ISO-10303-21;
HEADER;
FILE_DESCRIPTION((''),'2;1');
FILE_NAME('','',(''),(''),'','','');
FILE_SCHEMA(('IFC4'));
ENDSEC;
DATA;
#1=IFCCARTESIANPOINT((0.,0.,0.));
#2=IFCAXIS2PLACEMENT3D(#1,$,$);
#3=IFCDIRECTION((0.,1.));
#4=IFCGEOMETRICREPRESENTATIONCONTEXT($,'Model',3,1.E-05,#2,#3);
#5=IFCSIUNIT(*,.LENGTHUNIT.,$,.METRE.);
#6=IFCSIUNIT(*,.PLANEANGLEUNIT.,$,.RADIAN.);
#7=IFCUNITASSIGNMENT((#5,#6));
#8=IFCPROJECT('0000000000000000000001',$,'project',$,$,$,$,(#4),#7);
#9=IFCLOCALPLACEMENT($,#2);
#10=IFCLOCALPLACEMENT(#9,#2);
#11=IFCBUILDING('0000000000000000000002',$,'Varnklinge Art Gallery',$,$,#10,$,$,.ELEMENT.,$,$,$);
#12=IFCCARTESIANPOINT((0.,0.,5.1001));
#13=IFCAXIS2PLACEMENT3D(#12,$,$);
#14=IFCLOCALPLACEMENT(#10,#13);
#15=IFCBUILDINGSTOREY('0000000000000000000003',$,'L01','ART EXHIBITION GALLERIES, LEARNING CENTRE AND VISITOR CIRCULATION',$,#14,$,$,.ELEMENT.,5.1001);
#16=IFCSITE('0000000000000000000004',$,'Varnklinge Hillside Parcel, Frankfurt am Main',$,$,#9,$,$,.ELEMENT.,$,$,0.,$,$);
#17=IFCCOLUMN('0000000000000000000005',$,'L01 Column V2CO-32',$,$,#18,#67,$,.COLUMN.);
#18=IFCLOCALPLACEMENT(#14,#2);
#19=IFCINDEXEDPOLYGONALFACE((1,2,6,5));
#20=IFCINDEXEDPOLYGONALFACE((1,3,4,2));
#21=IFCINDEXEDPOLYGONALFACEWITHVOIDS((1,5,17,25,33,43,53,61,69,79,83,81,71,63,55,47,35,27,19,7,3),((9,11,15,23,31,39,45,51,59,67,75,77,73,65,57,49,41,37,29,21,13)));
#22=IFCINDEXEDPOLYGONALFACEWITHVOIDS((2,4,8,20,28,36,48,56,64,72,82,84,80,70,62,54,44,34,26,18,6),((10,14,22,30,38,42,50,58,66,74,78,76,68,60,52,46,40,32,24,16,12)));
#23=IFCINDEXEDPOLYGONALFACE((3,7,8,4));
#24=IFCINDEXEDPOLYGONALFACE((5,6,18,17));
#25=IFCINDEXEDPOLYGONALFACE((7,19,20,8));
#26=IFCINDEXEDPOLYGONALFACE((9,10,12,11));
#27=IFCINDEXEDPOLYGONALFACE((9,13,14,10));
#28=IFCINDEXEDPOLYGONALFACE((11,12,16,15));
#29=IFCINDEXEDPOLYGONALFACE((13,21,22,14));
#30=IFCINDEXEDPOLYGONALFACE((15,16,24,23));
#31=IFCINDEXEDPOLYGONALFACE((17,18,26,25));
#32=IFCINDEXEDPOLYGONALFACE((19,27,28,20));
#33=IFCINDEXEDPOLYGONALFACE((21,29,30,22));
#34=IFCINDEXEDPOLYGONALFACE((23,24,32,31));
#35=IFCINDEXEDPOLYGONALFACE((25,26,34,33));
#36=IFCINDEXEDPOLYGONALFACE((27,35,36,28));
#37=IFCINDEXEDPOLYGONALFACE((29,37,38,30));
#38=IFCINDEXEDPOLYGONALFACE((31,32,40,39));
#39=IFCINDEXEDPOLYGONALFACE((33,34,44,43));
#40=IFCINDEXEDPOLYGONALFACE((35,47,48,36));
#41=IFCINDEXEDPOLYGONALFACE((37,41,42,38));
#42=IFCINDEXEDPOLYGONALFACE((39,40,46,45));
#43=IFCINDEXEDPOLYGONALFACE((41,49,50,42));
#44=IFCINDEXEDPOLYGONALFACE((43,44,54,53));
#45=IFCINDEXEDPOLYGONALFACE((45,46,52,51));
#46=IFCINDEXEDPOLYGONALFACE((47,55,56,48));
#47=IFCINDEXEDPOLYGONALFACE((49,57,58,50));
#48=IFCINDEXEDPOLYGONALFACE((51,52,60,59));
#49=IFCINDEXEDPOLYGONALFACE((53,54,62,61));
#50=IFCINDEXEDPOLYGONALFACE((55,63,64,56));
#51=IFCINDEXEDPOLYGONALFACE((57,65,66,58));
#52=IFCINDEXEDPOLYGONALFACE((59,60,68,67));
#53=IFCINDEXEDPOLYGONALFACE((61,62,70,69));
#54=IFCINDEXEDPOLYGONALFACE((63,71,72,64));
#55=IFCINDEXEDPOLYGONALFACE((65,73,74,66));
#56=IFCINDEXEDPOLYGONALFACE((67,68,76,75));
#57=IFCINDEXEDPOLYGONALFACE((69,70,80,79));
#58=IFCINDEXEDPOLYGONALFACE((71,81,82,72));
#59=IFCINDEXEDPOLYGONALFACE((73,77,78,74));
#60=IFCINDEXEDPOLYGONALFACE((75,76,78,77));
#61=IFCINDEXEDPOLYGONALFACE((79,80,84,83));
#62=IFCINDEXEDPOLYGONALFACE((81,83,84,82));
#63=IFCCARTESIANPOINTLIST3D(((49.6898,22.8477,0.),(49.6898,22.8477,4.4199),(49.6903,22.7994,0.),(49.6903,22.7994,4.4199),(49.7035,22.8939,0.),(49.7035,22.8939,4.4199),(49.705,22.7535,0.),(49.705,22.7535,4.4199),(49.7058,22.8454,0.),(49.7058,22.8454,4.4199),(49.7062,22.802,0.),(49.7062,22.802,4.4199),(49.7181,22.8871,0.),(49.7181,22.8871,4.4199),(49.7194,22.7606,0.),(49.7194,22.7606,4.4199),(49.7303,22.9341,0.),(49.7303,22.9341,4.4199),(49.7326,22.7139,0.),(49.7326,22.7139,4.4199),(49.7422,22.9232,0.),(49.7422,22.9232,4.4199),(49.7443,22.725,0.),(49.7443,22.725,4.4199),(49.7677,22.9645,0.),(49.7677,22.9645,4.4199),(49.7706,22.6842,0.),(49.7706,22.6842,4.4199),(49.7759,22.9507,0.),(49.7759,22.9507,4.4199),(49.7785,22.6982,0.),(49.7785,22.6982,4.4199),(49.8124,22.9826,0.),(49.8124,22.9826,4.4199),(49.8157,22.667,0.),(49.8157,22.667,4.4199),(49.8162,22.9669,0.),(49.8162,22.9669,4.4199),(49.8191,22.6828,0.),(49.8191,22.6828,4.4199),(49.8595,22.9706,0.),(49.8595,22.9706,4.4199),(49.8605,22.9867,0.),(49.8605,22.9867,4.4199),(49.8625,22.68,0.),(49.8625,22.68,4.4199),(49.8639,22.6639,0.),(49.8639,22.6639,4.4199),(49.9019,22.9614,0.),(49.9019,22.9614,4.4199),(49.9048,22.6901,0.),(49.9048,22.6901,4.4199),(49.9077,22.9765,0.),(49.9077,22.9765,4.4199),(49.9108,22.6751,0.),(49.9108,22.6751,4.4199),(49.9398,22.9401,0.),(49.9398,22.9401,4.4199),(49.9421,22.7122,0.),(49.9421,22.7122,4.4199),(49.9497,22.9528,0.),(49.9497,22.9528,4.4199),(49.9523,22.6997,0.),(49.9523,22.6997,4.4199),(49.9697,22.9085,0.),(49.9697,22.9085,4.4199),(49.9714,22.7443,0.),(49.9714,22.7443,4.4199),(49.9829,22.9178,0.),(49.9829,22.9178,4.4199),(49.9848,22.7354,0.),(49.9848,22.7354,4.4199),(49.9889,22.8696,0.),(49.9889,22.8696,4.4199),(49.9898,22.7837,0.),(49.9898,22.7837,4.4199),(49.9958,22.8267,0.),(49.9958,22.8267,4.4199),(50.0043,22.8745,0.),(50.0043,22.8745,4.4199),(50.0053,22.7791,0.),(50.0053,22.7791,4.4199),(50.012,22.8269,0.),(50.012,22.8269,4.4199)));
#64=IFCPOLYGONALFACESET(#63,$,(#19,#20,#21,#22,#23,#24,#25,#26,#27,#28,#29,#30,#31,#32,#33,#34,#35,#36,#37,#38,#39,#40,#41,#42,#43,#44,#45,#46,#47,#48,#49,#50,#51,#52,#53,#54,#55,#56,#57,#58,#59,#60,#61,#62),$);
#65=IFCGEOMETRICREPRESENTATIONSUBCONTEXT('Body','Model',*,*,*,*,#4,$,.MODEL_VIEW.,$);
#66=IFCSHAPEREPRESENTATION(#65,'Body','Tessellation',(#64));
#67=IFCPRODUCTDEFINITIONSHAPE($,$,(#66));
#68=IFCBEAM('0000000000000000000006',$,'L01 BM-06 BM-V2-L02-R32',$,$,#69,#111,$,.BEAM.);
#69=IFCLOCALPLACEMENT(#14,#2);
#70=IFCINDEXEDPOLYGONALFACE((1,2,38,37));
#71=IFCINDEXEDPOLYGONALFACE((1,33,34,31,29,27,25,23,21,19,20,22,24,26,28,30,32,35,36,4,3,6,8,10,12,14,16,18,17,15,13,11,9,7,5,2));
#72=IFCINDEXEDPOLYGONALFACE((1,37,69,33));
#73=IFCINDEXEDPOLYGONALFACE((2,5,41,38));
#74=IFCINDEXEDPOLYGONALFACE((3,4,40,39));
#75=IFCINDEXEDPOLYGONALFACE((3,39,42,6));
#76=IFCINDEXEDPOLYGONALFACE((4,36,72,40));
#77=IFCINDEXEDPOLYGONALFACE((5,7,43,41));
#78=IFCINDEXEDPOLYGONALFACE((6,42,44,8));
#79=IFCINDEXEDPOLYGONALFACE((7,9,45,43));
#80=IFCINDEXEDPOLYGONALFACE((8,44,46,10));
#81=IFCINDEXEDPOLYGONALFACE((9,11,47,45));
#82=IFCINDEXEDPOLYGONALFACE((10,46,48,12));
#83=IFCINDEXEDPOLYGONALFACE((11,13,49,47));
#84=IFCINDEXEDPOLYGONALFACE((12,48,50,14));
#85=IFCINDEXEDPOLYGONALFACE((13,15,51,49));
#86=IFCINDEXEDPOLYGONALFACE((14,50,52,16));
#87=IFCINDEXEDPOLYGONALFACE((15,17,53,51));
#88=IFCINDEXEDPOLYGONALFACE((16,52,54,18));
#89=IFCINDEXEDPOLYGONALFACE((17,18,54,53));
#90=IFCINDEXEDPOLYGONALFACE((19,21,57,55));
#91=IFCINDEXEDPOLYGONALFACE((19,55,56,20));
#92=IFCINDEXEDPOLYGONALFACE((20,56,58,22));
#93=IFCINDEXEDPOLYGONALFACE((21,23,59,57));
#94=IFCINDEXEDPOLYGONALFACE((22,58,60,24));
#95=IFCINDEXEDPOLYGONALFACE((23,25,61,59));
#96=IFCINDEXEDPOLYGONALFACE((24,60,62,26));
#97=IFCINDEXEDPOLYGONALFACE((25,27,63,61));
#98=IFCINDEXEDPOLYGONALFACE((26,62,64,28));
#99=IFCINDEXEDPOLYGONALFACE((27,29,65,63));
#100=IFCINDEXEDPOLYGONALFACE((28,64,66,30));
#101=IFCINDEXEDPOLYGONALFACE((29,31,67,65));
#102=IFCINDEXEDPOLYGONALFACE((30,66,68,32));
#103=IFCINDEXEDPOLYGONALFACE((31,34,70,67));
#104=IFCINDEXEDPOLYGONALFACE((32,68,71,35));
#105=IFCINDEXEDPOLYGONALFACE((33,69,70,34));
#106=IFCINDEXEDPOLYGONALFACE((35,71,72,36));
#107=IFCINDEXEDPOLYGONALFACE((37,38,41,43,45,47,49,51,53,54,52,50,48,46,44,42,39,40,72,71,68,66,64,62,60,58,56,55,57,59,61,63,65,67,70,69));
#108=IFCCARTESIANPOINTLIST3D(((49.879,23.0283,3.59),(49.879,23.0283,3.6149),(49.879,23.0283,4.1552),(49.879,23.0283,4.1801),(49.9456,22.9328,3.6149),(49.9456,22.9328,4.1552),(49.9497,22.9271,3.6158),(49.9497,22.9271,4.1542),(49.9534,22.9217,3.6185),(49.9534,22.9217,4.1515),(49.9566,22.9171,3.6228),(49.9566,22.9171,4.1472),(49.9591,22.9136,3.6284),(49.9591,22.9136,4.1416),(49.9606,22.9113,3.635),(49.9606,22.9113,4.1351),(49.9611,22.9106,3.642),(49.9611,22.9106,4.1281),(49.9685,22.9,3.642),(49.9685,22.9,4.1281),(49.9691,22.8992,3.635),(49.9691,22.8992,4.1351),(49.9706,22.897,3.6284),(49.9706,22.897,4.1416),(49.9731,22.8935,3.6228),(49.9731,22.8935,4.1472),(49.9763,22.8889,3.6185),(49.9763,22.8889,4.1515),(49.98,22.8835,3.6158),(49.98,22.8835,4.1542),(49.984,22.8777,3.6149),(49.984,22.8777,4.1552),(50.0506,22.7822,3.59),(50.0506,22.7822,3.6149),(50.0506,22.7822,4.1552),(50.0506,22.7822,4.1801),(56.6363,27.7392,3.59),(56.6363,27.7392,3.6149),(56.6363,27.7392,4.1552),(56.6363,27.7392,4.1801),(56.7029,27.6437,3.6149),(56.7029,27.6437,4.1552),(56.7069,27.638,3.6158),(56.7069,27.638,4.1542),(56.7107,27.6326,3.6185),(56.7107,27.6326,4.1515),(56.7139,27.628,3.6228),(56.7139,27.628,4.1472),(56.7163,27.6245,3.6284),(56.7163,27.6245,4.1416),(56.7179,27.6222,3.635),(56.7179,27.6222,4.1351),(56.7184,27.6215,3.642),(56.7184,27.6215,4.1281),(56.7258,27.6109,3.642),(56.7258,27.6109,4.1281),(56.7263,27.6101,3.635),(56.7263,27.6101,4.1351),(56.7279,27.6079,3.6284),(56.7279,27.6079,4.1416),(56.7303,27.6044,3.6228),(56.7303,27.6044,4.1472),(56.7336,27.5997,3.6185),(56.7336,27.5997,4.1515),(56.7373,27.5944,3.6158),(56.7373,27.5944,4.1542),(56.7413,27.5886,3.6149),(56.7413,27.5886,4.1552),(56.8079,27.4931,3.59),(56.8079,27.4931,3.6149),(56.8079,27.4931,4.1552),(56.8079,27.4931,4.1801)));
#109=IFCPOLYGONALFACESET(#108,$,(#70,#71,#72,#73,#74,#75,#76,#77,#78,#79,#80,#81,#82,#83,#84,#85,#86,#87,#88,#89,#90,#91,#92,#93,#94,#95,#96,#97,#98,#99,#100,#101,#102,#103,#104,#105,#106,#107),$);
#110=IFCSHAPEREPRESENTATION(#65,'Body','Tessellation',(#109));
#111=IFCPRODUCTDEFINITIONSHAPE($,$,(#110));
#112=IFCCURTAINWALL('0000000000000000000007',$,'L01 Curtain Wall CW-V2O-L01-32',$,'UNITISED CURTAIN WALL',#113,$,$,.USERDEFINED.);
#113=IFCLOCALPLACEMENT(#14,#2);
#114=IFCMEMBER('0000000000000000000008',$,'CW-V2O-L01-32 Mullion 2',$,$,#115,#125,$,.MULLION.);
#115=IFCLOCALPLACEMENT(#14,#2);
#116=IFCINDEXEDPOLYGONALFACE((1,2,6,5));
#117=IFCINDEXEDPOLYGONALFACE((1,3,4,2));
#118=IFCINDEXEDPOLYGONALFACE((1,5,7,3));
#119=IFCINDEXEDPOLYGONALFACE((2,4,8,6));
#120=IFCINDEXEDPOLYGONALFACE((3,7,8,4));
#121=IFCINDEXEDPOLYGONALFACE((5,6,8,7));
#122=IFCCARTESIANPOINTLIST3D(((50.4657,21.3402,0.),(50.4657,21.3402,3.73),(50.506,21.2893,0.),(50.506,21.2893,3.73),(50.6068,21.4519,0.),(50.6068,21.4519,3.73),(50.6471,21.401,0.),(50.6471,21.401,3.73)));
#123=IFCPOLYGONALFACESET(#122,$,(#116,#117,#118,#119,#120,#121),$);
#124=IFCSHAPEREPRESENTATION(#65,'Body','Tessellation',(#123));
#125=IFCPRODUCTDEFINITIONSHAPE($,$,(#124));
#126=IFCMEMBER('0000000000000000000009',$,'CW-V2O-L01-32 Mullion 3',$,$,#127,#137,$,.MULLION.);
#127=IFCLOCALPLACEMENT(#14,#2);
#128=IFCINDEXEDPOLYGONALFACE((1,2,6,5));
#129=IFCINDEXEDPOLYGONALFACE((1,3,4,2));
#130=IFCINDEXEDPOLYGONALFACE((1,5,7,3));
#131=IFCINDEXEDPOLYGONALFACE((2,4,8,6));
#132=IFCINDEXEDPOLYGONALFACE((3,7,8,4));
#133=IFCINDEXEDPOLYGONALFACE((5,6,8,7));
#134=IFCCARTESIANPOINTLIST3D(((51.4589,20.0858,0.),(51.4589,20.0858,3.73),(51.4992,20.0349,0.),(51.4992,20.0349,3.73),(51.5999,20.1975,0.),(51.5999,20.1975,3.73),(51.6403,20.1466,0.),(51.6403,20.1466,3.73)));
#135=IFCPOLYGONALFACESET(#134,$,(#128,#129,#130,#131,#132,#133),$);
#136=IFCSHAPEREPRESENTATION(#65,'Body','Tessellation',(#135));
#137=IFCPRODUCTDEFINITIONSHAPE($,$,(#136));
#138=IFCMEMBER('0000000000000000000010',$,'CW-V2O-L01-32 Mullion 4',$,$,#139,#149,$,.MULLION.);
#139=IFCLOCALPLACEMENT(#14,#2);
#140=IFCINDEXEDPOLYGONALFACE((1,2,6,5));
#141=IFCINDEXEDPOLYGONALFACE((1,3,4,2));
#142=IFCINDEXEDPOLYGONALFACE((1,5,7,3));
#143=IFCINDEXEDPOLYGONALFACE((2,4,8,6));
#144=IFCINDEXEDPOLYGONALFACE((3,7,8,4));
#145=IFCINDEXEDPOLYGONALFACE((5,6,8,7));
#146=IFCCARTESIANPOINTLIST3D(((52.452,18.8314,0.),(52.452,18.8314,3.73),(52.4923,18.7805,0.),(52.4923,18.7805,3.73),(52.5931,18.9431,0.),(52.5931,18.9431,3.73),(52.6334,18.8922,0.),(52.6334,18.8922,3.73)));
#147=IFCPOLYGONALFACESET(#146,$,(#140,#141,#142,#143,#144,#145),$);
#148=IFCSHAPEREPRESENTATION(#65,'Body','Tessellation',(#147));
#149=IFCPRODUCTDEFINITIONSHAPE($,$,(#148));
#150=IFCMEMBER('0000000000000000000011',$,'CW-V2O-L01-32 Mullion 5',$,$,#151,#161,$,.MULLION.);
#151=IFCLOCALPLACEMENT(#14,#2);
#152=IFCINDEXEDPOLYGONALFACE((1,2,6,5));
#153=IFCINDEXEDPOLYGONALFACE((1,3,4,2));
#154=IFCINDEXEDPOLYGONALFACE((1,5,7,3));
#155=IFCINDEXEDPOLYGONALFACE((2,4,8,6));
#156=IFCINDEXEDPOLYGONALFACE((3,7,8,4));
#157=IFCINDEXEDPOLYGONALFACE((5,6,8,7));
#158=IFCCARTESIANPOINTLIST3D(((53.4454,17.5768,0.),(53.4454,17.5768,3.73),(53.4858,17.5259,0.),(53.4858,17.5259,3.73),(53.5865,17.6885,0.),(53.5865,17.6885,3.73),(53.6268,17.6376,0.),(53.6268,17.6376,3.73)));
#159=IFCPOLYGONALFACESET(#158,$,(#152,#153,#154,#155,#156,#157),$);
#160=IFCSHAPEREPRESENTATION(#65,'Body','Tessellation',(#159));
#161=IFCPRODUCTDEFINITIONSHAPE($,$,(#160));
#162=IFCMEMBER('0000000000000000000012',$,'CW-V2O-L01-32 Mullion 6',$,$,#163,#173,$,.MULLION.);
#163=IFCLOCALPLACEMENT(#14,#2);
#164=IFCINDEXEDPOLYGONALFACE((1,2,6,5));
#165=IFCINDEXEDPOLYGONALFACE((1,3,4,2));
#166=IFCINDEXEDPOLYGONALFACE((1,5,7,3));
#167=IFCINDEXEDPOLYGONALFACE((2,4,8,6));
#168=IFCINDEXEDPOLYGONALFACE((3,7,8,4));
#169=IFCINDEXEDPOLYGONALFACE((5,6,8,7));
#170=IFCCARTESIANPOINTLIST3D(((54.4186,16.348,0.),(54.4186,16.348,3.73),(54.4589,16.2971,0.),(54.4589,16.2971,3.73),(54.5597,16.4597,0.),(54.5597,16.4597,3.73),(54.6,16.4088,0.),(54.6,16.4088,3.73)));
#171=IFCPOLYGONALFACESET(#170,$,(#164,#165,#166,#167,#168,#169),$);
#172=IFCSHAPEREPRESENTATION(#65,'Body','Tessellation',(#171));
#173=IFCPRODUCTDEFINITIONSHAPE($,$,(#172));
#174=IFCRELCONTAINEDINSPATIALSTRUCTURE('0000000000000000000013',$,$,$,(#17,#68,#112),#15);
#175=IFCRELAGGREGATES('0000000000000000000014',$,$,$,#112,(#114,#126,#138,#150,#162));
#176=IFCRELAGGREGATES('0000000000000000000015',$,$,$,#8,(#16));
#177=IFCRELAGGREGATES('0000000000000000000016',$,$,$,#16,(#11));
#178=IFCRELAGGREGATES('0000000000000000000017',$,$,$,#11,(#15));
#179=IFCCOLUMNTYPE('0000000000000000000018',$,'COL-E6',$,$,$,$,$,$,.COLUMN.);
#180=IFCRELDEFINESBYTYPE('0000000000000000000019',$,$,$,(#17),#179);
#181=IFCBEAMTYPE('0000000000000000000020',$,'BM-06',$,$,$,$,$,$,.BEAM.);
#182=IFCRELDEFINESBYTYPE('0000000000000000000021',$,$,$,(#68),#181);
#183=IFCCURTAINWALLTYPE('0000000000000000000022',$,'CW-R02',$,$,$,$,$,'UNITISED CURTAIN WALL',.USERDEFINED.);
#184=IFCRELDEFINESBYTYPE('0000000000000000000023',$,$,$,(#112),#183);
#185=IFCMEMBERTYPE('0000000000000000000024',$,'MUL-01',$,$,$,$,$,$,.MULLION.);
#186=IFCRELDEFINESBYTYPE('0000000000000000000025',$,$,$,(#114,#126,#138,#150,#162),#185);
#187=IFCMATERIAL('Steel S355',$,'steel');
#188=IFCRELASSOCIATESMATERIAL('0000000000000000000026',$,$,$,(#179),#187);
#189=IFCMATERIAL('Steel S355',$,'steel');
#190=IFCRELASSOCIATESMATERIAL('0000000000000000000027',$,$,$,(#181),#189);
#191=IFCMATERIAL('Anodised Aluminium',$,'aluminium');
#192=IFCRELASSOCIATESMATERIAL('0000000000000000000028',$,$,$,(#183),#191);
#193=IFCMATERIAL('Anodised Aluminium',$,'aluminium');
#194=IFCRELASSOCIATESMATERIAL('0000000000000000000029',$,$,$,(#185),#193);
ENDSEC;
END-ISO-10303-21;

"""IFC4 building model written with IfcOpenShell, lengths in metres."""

from ifc_helpers import new_model, si_unit, direction, frame, origin, origin_2d, place, context, subcontext, project, spatial, rectangle, hollow_circle, i_section, extrude, material, material_profile, profile_set, type_object, element, aggregate, save


model = new_model("IFC4")

# Units and contexts
model_context = context("Model", 3, precision=1e-05, world=origin(), true_north=direction((0.0, 1.0)))
body_context = subcontext(model_context, "Body", "Model", "MODEL_VIEW")
ifc_project = project(units=[si_unit("LENGTHUNIT", "METRE"), si_unit("PLANEANGLEUNIT", "RADIAN")], contexts=[model_context])

# Site, building, storey
site_placement = place(None, origin())
site = spatial("IfcSite", under=ifc_project, at=site_placement, Name="Varnklinge Hillside Parcel, Frankfurt am Main", CompositionType="ELEMENT", RefElevation=0.0)
building_placement = place(site_placement, origin())
building = spatial("IfcBuilding", under=site, at=building_placement, Name="Varnklinge Art Gallery", CompositionType="ELEMENT")
storey_placement = place(building_placement, frame((0.0, 0.0, 5.1001)))
storey = spatial("IfcBuildingStorey", under=building, at=storey_placement, Name="L01", Description="ART EXHIBITION GALLERIES, LEARNING CENTRE AND VISITOR CIRCULATION", CompositionType="ELEMENT", Elevation=5.1001)

# Column
ifc_material_1 = material(Name="Steel S355", Category="steel")
ifc_material_profile_1 = material_profile(ifc_material_1, hollow_circle(Radius=0.1619, WallThickness=0.0161, at=origin_2d()), Name="CHS 323.9x16")
ifc_profile_set_1 = profile_set([ifc_material_profile_1], Name="Steel S355")
column_type = type_object("IfcColumnType", Name="COL-E6", PredefinedType="COLUMN", material=ifc_profile_set_1)
column_placement = place(storey_placement, frame((49.8501, 22.8252, 0.0), z_axis=(0.0, 0.0, 1.0), x_axis=(0.820352, 0.57186, 0.0)))
element("IfcColumn", 1, at=column_placement, inside=storey, type_object=column_type, Name="L01 Column V2CO-32", PredefinedType="COLUMN", context=body_context, shape_type="SweptSolid", body=[
    extrude(hollow_circle(Radius=0.1619, WallThickness=0.0161, at=origin_2d()), origin(), (0.0, 0.0, 1.0), 4.4199),
])

# Beam
ifc_material_2 = material(Name="Steel S355", Category="steel")
ifc_material_profile_2 = material_profile(ifc_material_2, i_section(OverallWidth=0.3, OverallDepth=0.5901, WebThickness=0.0129, FlangeThickness=0.0249, FilletRadius=0.0271, at=origin_2d()), Name="HEA 600")
ifc_profile_set_2 = profile_set([ifc_material_profile_2], Name="Steel S355")
beam_type_1 = type_object("IfcBeamType", Name="BM-06", PredefinedType="BEAM", material=ifc_profile_set_2)
beam_1_placement = place(storey_placement, frame((49.9648, 22.9053, 3.885), z_axis=(0.820325, 0.571898, 0.0), x_axis=(-0.571898, 0.820325, 0.0)))
element("IfcBeam", 2, at=beam_1_placement, inside=storey, type_object=beam_type_1, Name="L01 BM-06 BM-V2-L02-R32", PredefinedType="BEAM", context=body_context, shape_type="SweptSolid", body=[
    extrude(i_section(OverallWidth=0.3, OverallDepth=0.5901, WebThickness=0.0129, FlangeThickness=0.0249, FilletRadius=0.0271, at=origin_2d()), origin(), (0.0, 0.0, 1.0), 8.2373),
])

# Curtain wall, members
ifc_material_3 = material(Name="Anodised Aluminium", Category="aluminium")
curtain_wall_type = type_object("IfcCurtainWallType", Name="CW-R02", ElementType="UNITISED CURTAIN WALL", PredefinedType="USERDEFINED", material=ifc_material_3)
curtain_wall_1_placement = place(storey_placement, origin())
curtain_wall_1 = element("IfcCurtainWall", 3, at=curtain_wall_1_placement, inside=storey, type_object=curtain_wall_type, Name="L01 Curtain Wall CW-V2O-L01-32", ObjectType="UNITISED CURTAIN WALL", PredefinedType="USERDEFINED")
ifc_material_4 = material(Name="Anodised Aluminium", Category="aluminium")
ifc_material_profile_3 = material_profile(ifc_material_4, rectangle(XDim=0.0649, YDim=0.1799, at=origin_2d()), Name="ALU 65x180")
ifc_profile_set_3 = profile_set([ifc_material_profile_3], Name="Anodised Aluminium")
member_type_1 = type_object("IfcMemberType", Name="MUL-01", PredefinedType="MULLION", material=ifc_profile_set_3)
member_1_placement = place(storey_placement, frame((50.5564, 21.3706, 0.0), z_axis=(0.0, 0.0, 1.0), x_axis=(0.620737, -0.784019, 0.0)))
member_1 = element("IfcMember", 4, at=member_1_placement, type_object=member_type_1, Name="CW-V2O-L01-32 Mullion 2", PredefinedType="MULLION", context=body_context, shape_type="SweptSolid", body=[
    extrude(rectangle(XDim=0.0649, YDim=0.1799, at=origin_2d()), origin(), (0.0, 0.0, 1.0), 3.73),
])
member_2_placement = place(storey_placement, frame((51.5496, 20.1162, 0.0), z_axis=(0.0, 0.0, 1.0), x_axis=(0.620737, -0.784019, 0.0)))
member_2 = element("IfcMember", 5, at=member_2_placement, type_object=member_type_1, Name="CW-V2O-L01-32 Mullion 3", PredefinedType="MULLION", context=body_context, shape_type="SweptSolid", body=[
    extrude(rectangle(XDim=0.0649, YDim=0.1799, at=origin_2d()), origin(), (0.0, 0.0, 1.0), 3.73),
])
member_3_placement = place(storey_placement, frame((52.5427, 18.8618, 0.0), z_axis=(0.0, 0.0, 1.0), x_axis=(0.620737, -0.784019, 0.0)))
member_3 = element("IfcMember", 6, at=member_3_placement, type_object=member_type_1, Name="CW-V2O-L01-32 Mullion 4", PredefinedType="MULLION", context=body_context, shape_type="SweptSolid", body=[
    extrude(rectangle(XDim=0.0649, YDim=0.1799, at=origin_2d()), origin(), (0.0, 0.0, 1.0), 3.73),
])
member_4_placement = place(storey_placement, frame((53.5361, 17.6072, 0.0), z_axis=(0.0, 0.0, 1.0), x_axis=(0.620737, -0.784019, 0.0)))
member_4 = element("IfcMember", 7, at=member_4_placement, type_object=member_type_1, Name="CW-V2O-L01-32 Mullion 5", PredefinedType="MULLION", context=body_context, shape_type="SweptSolid", body=[
    extrude(rectangle(XDim=0.0649, YDim=0.1799, at=origin_2d()), origin(), (0.0, 0.0, 1.0), 3.73),
])
member_5_placement = place(storey_placement, frame((54.5093, 16.3784, 0.0), z_axis=(0.0, 0.0, 1.0), x_axis=(0.620737, -0.784019, 0.0)))
member_5 = element("IfcMember", 8, at=member_5_placement, type_object=member_type_1, Name="CW-V2O-L01-32 Mullion 6", PredefinedType="MULLION", context=body_context, shape_type="SweptSolid", body=[
    extrude(rectangle(XDim=0.0649, YDim=0.1799, at=origin_2d()), origin(), (0.0, 0.0, 1.0), 3.73),
])

aggregate(curtain_wall_1, [member_1, member_2, member_3, member_4, member_5])

save(model, "model.ifc")
